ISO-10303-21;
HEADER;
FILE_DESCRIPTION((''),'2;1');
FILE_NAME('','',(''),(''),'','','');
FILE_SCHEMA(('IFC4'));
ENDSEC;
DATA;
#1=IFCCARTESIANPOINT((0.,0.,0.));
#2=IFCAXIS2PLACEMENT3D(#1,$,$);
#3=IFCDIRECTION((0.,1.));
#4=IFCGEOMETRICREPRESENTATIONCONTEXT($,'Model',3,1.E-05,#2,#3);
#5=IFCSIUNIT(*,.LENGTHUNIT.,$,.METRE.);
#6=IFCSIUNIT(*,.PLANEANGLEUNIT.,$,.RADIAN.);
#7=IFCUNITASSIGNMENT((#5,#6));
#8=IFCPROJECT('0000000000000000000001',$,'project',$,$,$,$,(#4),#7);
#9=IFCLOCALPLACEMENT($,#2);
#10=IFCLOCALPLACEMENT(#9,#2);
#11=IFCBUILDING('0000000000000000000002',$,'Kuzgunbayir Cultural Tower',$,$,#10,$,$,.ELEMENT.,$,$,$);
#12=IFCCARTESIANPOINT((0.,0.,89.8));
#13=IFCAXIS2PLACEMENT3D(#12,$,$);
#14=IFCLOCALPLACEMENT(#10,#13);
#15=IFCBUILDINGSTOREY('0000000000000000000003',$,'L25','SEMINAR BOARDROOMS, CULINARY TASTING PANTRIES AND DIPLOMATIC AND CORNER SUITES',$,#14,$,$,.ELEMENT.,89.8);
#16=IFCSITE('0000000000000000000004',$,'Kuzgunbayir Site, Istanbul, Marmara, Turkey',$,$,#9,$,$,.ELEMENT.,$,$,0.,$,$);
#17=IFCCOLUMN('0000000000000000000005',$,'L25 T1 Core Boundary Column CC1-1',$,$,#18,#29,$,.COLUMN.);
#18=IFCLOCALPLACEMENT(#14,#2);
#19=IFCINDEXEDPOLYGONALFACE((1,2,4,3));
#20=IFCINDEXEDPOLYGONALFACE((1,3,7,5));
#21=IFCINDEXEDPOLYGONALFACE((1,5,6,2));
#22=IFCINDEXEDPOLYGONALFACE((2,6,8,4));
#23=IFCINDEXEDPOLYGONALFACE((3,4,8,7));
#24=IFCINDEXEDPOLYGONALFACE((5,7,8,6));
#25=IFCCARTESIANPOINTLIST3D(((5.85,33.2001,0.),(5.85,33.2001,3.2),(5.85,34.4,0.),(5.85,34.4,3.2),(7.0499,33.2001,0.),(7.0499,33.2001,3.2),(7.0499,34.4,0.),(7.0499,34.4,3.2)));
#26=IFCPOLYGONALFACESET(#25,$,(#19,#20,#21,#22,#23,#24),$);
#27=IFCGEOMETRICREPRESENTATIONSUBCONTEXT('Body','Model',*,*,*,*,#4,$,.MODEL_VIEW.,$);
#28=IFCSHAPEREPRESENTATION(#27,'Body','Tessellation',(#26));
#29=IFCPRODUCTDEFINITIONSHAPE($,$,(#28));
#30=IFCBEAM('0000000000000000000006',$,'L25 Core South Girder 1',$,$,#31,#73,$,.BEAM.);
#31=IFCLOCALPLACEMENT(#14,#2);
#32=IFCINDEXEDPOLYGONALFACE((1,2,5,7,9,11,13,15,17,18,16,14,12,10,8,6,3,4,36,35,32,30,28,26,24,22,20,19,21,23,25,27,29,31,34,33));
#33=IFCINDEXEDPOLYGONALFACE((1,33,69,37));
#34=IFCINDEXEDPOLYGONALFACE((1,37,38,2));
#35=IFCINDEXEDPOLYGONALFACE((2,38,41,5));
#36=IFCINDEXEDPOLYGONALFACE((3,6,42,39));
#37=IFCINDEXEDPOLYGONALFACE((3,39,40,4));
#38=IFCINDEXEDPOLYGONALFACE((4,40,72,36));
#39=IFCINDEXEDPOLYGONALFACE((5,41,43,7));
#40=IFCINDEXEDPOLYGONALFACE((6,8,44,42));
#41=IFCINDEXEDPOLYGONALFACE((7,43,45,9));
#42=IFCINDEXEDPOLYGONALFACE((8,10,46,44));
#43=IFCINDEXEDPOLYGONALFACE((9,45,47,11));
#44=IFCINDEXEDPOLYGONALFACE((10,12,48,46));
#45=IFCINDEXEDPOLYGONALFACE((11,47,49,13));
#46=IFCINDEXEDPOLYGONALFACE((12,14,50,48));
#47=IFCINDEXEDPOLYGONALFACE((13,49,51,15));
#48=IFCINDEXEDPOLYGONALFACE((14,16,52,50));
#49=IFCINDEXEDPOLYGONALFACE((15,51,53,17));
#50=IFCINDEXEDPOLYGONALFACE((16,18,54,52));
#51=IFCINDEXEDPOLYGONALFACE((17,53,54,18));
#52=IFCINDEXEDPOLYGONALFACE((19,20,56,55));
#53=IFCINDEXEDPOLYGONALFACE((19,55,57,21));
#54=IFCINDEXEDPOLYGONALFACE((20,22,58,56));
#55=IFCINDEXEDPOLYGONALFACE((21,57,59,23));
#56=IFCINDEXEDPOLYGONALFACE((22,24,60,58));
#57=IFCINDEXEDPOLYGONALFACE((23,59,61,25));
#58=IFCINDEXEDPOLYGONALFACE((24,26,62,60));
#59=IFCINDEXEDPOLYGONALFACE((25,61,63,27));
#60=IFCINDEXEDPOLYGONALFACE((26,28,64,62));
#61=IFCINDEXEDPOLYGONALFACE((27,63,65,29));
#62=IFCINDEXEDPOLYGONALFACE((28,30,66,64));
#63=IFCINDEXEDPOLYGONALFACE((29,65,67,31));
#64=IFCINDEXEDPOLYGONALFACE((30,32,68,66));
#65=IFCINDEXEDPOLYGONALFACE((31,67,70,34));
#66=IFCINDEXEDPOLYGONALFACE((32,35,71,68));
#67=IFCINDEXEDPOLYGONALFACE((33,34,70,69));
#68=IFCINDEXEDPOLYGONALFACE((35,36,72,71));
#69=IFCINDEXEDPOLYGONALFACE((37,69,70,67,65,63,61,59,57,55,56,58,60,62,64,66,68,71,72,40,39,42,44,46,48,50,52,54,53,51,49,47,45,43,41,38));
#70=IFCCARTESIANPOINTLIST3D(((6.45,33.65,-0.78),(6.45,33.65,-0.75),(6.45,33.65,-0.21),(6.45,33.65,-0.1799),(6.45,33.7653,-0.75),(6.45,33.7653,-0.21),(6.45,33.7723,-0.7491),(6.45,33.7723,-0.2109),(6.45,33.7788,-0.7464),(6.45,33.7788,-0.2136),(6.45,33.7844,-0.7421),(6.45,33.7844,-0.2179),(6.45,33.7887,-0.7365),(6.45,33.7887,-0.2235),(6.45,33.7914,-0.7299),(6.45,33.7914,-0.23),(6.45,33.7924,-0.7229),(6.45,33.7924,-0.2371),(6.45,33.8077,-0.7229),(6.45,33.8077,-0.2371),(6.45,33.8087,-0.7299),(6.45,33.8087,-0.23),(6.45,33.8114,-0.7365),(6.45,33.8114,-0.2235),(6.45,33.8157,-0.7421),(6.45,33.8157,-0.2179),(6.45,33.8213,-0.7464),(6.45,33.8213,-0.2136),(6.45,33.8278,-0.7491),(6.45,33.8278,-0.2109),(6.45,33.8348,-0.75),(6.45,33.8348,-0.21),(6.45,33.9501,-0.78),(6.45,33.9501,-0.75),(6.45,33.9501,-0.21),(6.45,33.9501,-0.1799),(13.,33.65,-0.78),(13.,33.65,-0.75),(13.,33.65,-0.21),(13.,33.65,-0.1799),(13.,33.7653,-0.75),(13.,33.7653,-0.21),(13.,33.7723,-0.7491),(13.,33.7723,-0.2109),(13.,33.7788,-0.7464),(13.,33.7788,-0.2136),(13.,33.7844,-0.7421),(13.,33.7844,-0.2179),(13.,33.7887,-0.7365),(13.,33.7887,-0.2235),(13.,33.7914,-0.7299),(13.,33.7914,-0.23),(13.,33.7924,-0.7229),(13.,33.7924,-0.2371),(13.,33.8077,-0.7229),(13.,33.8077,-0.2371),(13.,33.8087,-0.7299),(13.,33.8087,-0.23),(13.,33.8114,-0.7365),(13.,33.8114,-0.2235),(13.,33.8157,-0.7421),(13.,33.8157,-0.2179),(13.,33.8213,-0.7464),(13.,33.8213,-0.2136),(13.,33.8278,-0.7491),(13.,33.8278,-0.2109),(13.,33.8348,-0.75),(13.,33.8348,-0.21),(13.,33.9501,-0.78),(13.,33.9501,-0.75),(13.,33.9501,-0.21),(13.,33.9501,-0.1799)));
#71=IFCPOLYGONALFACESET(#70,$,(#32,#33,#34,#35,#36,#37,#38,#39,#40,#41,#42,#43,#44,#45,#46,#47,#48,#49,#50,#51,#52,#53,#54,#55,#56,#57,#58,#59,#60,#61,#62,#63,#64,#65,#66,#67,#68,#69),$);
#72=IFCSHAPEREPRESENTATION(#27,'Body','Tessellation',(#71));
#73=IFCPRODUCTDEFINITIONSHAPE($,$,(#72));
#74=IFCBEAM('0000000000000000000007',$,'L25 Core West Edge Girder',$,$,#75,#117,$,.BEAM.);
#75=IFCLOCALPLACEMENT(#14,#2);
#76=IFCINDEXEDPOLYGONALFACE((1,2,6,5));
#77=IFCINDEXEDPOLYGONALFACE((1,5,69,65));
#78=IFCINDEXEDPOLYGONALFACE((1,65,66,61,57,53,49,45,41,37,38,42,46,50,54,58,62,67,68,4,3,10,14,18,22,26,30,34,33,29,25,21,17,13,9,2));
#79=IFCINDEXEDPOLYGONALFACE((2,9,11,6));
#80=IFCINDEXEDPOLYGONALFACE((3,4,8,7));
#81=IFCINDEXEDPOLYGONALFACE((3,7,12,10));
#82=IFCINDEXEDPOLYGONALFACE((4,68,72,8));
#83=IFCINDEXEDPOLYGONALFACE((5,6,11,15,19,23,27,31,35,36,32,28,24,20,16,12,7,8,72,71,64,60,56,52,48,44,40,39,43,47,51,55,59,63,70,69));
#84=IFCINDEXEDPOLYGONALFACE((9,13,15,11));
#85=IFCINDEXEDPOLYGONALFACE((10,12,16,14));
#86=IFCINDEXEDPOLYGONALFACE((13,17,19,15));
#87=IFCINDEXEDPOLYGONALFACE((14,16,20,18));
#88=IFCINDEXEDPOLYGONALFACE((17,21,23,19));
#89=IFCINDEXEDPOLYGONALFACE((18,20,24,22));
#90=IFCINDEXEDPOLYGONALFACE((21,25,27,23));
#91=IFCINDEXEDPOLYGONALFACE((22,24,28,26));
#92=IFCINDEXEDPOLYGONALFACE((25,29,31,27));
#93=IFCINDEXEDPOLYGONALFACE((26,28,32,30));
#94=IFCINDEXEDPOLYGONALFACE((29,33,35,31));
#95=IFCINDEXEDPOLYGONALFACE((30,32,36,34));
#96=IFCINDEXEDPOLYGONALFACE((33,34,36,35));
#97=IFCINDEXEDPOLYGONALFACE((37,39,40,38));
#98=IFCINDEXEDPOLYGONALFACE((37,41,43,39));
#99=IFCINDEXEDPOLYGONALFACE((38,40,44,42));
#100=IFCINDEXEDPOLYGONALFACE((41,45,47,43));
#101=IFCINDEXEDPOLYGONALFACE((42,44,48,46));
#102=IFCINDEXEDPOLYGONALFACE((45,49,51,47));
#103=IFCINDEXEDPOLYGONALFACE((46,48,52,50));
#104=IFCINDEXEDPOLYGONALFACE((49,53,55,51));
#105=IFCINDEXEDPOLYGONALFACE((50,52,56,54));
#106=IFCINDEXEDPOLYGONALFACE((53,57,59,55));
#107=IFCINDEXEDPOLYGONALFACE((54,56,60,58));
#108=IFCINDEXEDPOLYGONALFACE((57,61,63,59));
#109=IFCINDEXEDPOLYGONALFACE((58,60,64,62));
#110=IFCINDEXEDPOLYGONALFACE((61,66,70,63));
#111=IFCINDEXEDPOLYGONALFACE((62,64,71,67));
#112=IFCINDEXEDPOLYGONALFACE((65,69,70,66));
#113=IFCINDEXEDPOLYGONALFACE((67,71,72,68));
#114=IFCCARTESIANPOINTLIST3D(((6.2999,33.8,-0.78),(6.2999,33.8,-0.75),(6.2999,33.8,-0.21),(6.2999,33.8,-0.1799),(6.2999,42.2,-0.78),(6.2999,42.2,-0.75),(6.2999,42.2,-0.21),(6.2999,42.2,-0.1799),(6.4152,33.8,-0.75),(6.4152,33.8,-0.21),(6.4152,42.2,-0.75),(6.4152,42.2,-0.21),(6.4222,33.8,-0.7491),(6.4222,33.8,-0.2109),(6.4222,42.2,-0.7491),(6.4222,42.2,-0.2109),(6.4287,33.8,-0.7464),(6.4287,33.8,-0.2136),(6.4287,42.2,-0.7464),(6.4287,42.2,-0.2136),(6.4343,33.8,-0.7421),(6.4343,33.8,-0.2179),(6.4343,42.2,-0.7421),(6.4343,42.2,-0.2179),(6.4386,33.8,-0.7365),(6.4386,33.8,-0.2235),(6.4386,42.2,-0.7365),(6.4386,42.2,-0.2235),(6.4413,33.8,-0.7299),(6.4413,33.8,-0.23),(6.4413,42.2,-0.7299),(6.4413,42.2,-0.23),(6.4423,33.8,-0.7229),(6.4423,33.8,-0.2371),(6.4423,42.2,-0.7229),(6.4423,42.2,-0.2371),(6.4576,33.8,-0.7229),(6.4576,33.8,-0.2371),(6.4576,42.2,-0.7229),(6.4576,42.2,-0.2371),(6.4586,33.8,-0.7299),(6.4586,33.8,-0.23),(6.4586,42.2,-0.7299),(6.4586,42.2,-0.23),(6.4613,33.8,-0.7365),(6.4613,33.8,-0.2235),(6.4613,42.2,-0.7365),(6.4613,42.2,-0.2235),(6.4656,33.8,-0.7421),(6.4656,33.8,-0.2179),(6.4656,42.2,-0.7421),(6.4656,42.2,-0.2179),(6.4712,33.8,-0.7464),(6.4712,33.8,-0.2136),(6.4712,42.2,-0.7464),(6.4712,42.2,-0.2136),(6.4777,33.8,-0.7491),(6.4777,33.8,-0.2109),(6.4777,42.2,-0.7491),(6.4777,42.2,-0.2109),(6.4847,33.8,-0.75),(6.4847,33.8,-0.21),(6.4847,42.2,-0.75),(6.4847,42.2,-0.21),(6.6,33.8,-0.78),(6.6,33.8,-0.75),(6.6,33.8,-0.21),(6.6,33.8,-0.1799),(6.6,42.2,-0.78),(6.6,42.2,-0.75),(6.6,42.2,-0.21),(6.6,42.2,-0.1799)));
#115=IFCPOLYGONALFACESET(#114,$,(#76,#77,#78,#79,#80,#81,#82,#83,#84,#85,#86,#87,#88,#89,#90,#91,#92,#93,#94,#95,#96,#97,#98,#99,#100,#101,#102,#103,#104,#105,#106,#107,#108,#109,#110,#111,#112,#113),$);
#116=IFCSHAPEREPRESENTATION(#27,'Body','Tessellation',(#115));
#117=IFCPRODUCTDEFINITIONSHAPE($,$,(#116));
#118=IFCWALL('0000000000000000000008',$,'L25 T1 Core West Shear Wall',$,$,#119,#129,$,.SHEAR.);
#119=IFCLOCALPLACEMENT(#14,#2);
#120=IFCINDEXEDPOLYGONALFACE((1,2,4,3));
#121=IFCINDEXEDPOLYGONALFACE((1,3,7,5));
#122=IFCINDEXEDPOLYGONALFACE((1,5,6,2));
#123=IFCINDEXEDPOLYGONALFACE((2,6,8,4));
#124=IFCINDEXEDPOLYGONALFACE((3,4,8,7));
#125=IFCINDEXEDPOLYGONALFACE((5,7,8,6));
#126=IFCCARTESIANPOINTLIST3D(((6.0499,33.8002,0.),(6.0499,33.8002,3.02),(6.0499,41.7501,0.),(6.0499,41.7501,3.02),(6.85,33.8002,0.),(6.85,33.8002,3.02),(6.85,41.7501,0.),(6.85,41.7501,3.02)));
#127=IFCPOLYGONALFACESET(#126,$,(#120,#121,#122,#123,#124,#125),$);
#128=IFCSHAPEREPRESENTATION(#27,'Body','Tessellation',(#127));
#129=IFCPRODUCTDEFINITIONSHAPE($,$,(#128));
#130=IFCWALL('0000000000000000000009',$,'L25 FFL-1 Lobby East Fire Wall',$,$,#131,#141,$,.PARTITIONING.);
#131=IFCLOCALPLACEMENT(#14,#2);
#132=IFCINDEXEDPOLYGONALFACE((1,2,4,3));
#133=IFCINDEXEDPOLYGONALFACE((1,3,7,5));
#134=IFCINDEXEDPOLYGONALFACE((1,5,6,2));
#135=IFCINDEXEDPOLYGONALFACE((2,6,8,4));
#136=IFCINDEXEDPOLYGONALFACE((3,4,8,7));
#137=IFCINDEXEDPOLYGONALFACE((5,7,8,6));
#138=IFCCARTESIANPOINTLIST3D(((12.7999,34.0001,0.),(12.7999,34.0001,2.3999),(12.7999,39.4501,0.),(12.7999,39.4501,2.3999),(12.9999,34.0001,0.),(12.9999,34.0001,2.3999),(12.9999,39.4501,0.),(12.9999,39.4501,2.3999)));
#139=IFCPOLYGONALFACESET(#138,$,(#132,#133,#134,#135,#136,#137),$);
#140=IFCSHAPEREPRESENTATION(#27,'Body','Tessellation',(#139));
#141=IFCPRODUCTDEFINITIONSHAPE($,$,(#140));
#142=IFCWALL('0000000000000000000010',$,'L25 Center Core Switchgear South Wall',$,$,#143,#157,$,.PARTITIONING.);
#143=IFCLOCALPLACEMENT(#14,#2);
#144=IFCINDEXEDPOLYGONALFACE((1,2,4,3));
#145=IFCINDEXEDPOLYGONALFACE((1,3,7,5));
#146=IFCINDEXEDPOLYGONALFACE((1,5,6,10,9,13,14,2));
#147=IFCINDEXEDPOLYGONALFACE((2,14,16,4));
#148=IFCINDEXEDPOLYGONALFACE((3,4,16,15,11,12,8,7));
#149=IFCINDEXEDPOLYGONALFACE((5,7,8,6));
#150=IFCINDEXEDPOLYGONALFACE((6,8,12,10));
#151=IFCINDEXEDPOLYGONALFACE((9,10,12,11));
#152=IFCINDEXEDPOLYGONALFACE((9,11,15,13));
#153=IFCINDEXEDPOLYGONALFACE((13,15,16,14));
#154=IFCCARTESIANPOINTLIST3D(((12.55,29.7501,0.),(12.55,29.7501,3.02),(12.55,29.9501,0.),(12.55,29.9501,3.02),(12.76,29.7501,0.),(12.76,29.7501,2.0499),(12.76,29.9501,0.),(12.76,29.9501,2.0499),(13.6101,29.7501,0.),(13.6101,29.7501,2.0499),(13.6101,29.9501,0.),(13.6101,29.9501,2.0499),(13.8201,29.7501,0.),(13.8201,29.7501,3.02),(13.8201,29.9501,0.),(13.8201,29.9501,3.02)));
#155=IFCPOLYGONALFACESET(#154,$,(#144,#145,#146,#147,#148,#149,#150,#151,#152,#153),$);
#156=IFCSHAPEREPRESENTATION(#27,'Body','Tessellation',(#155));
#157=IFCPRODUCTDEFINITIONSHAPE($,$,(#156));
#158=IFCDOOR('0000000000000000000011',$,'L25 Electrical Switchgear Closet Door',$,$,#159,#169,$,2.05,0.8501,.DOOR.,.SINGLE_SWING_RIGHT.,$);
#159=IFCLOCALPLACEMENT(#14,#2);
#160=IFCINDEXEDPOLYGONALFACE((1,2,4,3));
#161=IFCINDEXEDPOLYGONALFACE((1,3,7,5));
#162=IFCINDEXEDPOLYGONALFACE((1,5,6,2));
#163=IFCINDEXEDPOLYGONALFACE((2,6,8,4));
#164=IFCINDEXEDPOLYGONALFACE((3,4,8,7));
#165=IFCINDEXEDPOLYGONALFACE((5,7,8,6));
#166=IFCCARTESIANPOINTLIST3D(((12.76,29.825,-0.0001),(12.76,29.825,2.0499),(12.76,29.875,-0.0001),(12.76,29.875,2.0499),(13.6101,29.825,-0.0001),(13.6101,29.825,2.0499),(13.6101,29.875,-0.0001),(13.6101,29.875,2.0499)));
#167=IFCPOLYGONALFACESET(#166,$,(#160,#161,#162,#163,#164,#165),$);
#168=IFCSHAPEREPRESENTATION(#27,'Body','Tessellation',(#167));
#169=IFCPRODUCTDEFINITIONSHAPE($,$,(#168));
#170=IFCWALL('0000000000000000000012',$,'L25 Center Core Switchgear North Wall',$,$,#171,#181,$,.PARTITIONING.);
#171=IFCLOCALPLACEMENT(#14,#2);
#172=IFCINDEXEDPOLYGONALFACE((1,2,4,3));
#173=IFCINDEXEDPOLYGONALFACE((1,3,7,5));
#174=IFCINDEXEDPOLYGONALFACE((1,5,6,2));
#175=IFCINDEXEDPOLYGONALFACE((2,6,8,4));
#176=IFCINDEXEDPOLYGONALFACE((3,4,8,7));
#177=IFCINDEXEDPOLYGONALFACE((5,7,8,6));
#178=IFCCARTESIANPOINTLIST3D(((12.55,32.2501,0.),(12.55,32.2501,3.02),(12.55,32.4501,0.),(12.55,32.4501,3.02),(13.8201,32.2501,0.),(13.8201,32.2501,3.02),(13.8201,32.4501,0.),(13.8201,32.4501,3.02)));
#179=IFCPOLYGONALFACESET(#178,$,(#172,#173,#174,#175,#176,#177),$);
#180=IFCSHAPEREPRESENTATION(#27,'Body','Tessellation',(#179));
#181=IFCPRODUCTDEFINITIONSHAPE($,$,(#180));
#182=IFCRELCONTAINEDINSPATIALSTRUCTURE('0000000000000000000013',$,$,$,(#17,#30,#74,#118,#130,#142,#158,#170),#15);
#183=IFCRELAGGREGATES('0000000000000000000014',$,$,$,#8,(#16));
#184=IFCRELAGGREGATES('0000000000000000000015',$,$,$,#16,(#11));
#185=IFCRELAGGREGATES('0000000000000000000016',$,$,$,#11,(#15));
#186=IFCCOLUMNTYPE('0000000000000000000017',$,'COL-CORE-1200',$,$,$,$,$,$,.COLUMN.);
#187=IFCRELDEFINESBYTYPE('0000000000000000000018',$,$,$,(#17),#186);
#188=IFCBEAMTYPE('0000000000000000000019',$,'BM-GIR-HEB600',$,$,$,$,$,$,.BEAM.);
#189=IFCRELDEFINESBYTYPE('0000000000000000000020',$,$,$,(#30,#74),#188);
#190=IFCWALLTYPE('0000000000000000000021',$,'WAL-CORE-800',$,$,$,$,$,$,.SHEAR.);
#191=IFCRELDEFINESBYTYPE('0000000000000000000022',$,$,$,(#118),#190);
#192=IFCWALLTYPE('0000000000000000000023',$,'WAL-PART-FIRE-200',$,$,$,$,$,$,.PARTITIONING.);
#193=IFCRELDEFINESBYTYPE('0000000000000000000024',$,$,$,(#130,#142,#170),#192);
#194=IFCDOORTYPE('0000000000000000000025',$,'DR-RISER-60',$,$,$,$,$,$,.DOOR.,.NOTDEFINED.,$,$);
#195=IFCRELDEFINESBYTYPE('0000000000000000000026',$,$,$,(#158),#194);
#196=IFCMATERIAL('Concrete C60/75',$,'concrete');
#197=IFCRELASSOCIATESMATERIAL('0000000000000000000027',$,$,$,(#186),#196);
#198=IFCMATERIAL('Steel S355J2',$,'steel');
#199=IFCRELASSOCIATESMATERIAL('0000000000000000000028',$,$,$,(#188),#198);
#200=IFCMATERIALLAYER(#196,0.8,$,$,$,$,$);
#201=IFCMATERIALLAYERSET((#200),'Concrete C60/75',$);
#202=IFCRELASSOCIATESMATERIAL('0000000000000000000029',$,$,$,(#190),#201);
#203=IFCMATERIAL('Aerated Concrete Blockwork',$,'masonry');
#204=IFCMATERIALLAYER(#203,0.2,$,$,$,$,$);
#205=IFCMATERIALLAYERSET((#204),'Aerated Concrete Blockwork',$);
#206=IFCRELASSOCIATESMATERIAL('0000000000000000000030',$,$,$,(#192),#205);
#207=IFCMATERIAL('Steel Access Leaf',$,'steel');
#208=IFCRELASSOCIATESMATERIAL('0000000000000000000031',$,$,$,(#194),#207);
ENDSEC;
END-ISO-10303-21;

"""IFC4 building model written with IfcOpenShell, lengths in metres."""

from ifc_helpers import new_model, si_unit, direction, frame, frame_2d, origin, origin_2d, place, context, subcontext, project, spatial, rectangle, i_section, extrude, material, layer, layer_set, material_profile, profile_set, type_object, element, fill, save


model = new_model("IFC4")

# Units and contexts
model_context = context("Model", 3, precision=1e-05, world=origin(), true_north=direction((0.0, 1.0)))
body_context = subcontext(model_context, "Body", "Model", "MODEL_VIEW")
ifc_project = project(units=[si_unit("LENGTHUNIT", "METRE"), si_unit("PLANEANGLEUNIT", "RADIAN")], contexts=[model_context])

# Site, building, storey
site_placement = place(None, origin())
site = spatial("IfcSite", under=ifc_project, at=site_placement, Name="Kuzgunbayir Site, Istanbul, Marmara, Turkey", CompositionType="ELEMENT", RefElevation=0.0)
building_placement = place(site_placement, origin())
building = spatial("IfcBuilding", under=site, at=building_placement, Name="Kuzgunbayir Cultural Tower", CompositionType="ELEMENT")
storey_placement = place(building_placement, frame((0.0, 0.0, 89.8)))
storey = spatial("IfcBuildingStorey", under=building, at=storey_placement, Name="L25", Description="SEMINAR BOARDROOMS, CULINARY TASTING PANTRIES AND DIPLOMATIC AND CORNER SUITES", CompositionType="ELEMENT", Elevation=89.8)

# Column
ifc_material_1 = material(Name="Concrete C60/75", Category="concrete")
ifc_material_profile_1 = material_profile(ifc_material_1, rectangle(XDim=1.2, YDim=1.2, at=origin_2d()), Name="RC 1200x1200")
ifc_profile_set_1 = profile_set([ifc_material_profile_1], Name="Concrete C60/75")
column_type = type_object("IfcColumnType", Name="COL-CORE-1200", PredefinedType="COLUMN", material=ifc_profile_set_1)
column_placement = place(storey_placement, frame((6.45, 33.8, 0.0), z_axis=(0.0, 0.0, 1.0), x_axis=(1.0, 0.0, 0.0)))
element("IfcColumn", 1, at=column_placement, inside=storey, type_object=column_type, Name="L25 T1 Core Boundary Column CC1-1", PredefinedType="COLUMN", context=body_context, shape_type="SweptSolid", body=[
    extrude(rectangle(XDim=1.2, YDim=1.2, at=origin_2d()), origin(), (0.0, 0.0, 1.0), 3.2),
])

# Beams
ifc_material_2 = material(Name="Steel S355J2", Category="steel")
ifc_material_profile_2 = material_profile(ifc_material_2, i_section(OverallWidth=0.3, OverallDepth=0.6001, WebThickness=0.0154, FlangeThickness=0.03, FilletRadius=0.0271, at=origin_2d()), Name="HEB 600")
ifc_profile_set_2 = profile_set([ifc_material_profile_2], Name="Steel S355J2")
beam_type = type_object("IfcBeamType", Name="BM-GIR-HEB600", PredefinedType="BEAM", material=ifc_profile_set_2)
beam_1_placement = place(storey_placement, frame((6.45, 33.8, -0.48), z_axis=(1.0, 0.0, 0.0), x_axis=(0.0, 1.0, 0.0)))
element("IfcBeam", 2, at=beam_1_placement, inside=storey, type_object=beam_type, Name="L25 Core South Girder 1", PredefinedType="BEAM", context=body_context, shape_type="SweptSolid", body=[
    extrude(i_section(OverallWidth=0.3, OverallDepth=0.6001, WebThickness=0.0154, FlangeThickness=0.03, FilletRadius=0.0271, at=origin_2d()), origin(), (0.0, 0.0, 1.0), 6.55),
])
beam_2_placement = place(storey_placement, frame((6.45, 33.8, -0.48), z_axis=(0.0, 1.0, 0.0), x_axis=(-1.0, 0.0, 0.0)))
element("IfcBeam", 3, at=beam_2_placement, inside=storey, type_object=beam_type, Name="L25 Core West Edge Girder", PredefinedType="BEAM", context=body_context, shape_type="SweptSolid", body=[
    extrude(i_section(OverallWidth=0.3, OverallDepth=0.6001, WebThickness=0.0154, FlangeThickness=0.03, FilletRadius=0.0271, at=origin_2d()), origin(), (0.0, 0.0, 1.0), 8.3999),
])

# Walls
ifc_layer_1 = layer(ifc_material_1, 0.8)
ifc_layer_set_1 = layer_set([ifc_layer_1], Name="Concrete C60/75")
wall_type_1 = type_object("IfcWallType", Name="WAL-CORE-800", PredefinedType="SHEAR", material=ifc_layer_set_1)
wall_1_placement = place(storey_placement, frame((6.45, 33.8, 0.0), z_axis=(0.0, 0.0, 1.0), x_axis=(0.0, 1.0, 0.0)))
element("IfcWall", 4, at=wall_1_placement, inside=storey, type_object=wall_type_1, Name="L25 T1 Core West Shear Wall", PredefinedType="SHEAR", context=body_context, shape_type="SweptSolid", body=[
    extrude(rectangle(XDim=7.95, YDim=0.8, at=frame_2d((3.9751, 0.0))), origin(), (0.0, 0.0, 1.0), 3.02),
])
ifc_material_3 = material(Name="Aerated Concrete Blockwork", Category="masonry")
ifc_layer_2 = layer(ifc_material_3, 0.2)
ifc_layer_set_2 = layer_set([ifc_layer_2], Name="Aerated Concrete Blockwork")
wall_type_2 = type_object("IfcWallType", Name="WAL-PART-FIRE-200", PredefinedType="PARTITIONING", material=ifc_layer_set_2)
wall_2_placement = place(storey_placement, frame((12.8999, 34.0, 0.0), z_axis=(0.0, 0.0, 1.0), x_axis=(0.0, 1.0, 0.0)))
element("IfcWall", 5, at=wall_2_placement, inside=storey, type_object=wall_type_2, Name="L25 FFL-1 Lobby East Fire Wall", PredefinedType="PARTITIONING", context=body_context, shape_type="SweptSolid", body=[
    extrude(rectangle(XDim=5.45, YDim=0.2, at=frame_2d((2.7251, 0.0))), origin(), (0.0, 0.0, 1.0), 2.3999),
])

# Wall, opening, door
wall_3_placement = place(storey_placement, frame((12.55, 29.8501, 0.0), z_axis=(0.0, 0.0, 1.0), x_axis=(1.0, 0.0, 0.0)))
wall_3 = element("IfcWall", 6, at=wall_3_placement, inside=storey, type_object=wall_type_2, Name="L25 Center Core Switchgear South Wall", PredefinedType="PARTITIONING", context=body_context, shape_type="SweptSolid", body=[
    extrude(rectangle(XDim=1.27, YDim=0.2, at=frame_2d((0.635, 0.0))), origin(), (0.0, 0.0, 1.0), 3.02),
])
opening_1_placement = place(wall_3_placement, frame((0.21, 0.0, 0.0)))
opening_1 = element("IfcOpeningElement", 7, at=opening_1_placement, cuts=wall_3, PredefinedType="OPENING", context=body_context, shape_type="SweptSolid", body=[
    extrude(rectangle(XDim=0.8501, YDim=2.05, at=frame_2d((0.425, 1.0249))), frame((0.0, 0.1099, 0.0), z_axis=(0.0, -1.0, 0.0), x_axis=(1.0, 0.0, 0.0)), (0.0, 0.0, 1.0), 0.22),
])
ifc_material_4 = material(Name="Steel Access Leaf", Category="steel")
door_type_1 = type_object("IfcDoorType", Name="DR-RISER-60", OperationType="NOTDEFINED", PredefinedType="DOOR", material=ifc_material_4)
door_1_placement = place(opening_1_placement, origin())
door_1 = element("IfcDoor", 8, at=door_1_placement, inside=storey, type_object=door_type_1, Name="L25 Electrical Switchgear Closet Door", OperationType="SINGLE_SWING_RIGHT", OverallHeight=2.05, OverallWidth=0.8501, PredefinedType="DOOR", context=body_context, shape_type="SweptSolid", body=[
    extrude(rectangle(XDim=0.8501, YDim=2.05, at=frame_2d((0.425, 1.0249))), frame((0.0, 0.0249, 0.0), z_axis=(0.0, -1.0, 0.0), x_axis=(1.0, 0.0, 0.0)), (0.0, 0.0, 1.0), 0.05),
])
fill(opening_1, door_1)

# Wall
wall_4_placement = place(storey_placement, frame((12.55, 32.3501, 0.0), z_axis=(0.0, 0.0, 1.0), x_axis=(1.0, 0.0, 0.0)))
element("IfcWall", 9, at=wall_4_placement, inside=storey, type_object=wall_type_2, Name="L25 Center Core Switchgear North Wall", PredefinedType="PARTITIONING", context=body_context, shape_type="SweptSolid", body=[
    extrude(rectangle(XDim=1.27, YDim=0.2, at=frame_2d((0.635, 0.0))), origin(), (0.0, 0.0, 1.0), 3.02),
])

save(model, "model.ifc")
